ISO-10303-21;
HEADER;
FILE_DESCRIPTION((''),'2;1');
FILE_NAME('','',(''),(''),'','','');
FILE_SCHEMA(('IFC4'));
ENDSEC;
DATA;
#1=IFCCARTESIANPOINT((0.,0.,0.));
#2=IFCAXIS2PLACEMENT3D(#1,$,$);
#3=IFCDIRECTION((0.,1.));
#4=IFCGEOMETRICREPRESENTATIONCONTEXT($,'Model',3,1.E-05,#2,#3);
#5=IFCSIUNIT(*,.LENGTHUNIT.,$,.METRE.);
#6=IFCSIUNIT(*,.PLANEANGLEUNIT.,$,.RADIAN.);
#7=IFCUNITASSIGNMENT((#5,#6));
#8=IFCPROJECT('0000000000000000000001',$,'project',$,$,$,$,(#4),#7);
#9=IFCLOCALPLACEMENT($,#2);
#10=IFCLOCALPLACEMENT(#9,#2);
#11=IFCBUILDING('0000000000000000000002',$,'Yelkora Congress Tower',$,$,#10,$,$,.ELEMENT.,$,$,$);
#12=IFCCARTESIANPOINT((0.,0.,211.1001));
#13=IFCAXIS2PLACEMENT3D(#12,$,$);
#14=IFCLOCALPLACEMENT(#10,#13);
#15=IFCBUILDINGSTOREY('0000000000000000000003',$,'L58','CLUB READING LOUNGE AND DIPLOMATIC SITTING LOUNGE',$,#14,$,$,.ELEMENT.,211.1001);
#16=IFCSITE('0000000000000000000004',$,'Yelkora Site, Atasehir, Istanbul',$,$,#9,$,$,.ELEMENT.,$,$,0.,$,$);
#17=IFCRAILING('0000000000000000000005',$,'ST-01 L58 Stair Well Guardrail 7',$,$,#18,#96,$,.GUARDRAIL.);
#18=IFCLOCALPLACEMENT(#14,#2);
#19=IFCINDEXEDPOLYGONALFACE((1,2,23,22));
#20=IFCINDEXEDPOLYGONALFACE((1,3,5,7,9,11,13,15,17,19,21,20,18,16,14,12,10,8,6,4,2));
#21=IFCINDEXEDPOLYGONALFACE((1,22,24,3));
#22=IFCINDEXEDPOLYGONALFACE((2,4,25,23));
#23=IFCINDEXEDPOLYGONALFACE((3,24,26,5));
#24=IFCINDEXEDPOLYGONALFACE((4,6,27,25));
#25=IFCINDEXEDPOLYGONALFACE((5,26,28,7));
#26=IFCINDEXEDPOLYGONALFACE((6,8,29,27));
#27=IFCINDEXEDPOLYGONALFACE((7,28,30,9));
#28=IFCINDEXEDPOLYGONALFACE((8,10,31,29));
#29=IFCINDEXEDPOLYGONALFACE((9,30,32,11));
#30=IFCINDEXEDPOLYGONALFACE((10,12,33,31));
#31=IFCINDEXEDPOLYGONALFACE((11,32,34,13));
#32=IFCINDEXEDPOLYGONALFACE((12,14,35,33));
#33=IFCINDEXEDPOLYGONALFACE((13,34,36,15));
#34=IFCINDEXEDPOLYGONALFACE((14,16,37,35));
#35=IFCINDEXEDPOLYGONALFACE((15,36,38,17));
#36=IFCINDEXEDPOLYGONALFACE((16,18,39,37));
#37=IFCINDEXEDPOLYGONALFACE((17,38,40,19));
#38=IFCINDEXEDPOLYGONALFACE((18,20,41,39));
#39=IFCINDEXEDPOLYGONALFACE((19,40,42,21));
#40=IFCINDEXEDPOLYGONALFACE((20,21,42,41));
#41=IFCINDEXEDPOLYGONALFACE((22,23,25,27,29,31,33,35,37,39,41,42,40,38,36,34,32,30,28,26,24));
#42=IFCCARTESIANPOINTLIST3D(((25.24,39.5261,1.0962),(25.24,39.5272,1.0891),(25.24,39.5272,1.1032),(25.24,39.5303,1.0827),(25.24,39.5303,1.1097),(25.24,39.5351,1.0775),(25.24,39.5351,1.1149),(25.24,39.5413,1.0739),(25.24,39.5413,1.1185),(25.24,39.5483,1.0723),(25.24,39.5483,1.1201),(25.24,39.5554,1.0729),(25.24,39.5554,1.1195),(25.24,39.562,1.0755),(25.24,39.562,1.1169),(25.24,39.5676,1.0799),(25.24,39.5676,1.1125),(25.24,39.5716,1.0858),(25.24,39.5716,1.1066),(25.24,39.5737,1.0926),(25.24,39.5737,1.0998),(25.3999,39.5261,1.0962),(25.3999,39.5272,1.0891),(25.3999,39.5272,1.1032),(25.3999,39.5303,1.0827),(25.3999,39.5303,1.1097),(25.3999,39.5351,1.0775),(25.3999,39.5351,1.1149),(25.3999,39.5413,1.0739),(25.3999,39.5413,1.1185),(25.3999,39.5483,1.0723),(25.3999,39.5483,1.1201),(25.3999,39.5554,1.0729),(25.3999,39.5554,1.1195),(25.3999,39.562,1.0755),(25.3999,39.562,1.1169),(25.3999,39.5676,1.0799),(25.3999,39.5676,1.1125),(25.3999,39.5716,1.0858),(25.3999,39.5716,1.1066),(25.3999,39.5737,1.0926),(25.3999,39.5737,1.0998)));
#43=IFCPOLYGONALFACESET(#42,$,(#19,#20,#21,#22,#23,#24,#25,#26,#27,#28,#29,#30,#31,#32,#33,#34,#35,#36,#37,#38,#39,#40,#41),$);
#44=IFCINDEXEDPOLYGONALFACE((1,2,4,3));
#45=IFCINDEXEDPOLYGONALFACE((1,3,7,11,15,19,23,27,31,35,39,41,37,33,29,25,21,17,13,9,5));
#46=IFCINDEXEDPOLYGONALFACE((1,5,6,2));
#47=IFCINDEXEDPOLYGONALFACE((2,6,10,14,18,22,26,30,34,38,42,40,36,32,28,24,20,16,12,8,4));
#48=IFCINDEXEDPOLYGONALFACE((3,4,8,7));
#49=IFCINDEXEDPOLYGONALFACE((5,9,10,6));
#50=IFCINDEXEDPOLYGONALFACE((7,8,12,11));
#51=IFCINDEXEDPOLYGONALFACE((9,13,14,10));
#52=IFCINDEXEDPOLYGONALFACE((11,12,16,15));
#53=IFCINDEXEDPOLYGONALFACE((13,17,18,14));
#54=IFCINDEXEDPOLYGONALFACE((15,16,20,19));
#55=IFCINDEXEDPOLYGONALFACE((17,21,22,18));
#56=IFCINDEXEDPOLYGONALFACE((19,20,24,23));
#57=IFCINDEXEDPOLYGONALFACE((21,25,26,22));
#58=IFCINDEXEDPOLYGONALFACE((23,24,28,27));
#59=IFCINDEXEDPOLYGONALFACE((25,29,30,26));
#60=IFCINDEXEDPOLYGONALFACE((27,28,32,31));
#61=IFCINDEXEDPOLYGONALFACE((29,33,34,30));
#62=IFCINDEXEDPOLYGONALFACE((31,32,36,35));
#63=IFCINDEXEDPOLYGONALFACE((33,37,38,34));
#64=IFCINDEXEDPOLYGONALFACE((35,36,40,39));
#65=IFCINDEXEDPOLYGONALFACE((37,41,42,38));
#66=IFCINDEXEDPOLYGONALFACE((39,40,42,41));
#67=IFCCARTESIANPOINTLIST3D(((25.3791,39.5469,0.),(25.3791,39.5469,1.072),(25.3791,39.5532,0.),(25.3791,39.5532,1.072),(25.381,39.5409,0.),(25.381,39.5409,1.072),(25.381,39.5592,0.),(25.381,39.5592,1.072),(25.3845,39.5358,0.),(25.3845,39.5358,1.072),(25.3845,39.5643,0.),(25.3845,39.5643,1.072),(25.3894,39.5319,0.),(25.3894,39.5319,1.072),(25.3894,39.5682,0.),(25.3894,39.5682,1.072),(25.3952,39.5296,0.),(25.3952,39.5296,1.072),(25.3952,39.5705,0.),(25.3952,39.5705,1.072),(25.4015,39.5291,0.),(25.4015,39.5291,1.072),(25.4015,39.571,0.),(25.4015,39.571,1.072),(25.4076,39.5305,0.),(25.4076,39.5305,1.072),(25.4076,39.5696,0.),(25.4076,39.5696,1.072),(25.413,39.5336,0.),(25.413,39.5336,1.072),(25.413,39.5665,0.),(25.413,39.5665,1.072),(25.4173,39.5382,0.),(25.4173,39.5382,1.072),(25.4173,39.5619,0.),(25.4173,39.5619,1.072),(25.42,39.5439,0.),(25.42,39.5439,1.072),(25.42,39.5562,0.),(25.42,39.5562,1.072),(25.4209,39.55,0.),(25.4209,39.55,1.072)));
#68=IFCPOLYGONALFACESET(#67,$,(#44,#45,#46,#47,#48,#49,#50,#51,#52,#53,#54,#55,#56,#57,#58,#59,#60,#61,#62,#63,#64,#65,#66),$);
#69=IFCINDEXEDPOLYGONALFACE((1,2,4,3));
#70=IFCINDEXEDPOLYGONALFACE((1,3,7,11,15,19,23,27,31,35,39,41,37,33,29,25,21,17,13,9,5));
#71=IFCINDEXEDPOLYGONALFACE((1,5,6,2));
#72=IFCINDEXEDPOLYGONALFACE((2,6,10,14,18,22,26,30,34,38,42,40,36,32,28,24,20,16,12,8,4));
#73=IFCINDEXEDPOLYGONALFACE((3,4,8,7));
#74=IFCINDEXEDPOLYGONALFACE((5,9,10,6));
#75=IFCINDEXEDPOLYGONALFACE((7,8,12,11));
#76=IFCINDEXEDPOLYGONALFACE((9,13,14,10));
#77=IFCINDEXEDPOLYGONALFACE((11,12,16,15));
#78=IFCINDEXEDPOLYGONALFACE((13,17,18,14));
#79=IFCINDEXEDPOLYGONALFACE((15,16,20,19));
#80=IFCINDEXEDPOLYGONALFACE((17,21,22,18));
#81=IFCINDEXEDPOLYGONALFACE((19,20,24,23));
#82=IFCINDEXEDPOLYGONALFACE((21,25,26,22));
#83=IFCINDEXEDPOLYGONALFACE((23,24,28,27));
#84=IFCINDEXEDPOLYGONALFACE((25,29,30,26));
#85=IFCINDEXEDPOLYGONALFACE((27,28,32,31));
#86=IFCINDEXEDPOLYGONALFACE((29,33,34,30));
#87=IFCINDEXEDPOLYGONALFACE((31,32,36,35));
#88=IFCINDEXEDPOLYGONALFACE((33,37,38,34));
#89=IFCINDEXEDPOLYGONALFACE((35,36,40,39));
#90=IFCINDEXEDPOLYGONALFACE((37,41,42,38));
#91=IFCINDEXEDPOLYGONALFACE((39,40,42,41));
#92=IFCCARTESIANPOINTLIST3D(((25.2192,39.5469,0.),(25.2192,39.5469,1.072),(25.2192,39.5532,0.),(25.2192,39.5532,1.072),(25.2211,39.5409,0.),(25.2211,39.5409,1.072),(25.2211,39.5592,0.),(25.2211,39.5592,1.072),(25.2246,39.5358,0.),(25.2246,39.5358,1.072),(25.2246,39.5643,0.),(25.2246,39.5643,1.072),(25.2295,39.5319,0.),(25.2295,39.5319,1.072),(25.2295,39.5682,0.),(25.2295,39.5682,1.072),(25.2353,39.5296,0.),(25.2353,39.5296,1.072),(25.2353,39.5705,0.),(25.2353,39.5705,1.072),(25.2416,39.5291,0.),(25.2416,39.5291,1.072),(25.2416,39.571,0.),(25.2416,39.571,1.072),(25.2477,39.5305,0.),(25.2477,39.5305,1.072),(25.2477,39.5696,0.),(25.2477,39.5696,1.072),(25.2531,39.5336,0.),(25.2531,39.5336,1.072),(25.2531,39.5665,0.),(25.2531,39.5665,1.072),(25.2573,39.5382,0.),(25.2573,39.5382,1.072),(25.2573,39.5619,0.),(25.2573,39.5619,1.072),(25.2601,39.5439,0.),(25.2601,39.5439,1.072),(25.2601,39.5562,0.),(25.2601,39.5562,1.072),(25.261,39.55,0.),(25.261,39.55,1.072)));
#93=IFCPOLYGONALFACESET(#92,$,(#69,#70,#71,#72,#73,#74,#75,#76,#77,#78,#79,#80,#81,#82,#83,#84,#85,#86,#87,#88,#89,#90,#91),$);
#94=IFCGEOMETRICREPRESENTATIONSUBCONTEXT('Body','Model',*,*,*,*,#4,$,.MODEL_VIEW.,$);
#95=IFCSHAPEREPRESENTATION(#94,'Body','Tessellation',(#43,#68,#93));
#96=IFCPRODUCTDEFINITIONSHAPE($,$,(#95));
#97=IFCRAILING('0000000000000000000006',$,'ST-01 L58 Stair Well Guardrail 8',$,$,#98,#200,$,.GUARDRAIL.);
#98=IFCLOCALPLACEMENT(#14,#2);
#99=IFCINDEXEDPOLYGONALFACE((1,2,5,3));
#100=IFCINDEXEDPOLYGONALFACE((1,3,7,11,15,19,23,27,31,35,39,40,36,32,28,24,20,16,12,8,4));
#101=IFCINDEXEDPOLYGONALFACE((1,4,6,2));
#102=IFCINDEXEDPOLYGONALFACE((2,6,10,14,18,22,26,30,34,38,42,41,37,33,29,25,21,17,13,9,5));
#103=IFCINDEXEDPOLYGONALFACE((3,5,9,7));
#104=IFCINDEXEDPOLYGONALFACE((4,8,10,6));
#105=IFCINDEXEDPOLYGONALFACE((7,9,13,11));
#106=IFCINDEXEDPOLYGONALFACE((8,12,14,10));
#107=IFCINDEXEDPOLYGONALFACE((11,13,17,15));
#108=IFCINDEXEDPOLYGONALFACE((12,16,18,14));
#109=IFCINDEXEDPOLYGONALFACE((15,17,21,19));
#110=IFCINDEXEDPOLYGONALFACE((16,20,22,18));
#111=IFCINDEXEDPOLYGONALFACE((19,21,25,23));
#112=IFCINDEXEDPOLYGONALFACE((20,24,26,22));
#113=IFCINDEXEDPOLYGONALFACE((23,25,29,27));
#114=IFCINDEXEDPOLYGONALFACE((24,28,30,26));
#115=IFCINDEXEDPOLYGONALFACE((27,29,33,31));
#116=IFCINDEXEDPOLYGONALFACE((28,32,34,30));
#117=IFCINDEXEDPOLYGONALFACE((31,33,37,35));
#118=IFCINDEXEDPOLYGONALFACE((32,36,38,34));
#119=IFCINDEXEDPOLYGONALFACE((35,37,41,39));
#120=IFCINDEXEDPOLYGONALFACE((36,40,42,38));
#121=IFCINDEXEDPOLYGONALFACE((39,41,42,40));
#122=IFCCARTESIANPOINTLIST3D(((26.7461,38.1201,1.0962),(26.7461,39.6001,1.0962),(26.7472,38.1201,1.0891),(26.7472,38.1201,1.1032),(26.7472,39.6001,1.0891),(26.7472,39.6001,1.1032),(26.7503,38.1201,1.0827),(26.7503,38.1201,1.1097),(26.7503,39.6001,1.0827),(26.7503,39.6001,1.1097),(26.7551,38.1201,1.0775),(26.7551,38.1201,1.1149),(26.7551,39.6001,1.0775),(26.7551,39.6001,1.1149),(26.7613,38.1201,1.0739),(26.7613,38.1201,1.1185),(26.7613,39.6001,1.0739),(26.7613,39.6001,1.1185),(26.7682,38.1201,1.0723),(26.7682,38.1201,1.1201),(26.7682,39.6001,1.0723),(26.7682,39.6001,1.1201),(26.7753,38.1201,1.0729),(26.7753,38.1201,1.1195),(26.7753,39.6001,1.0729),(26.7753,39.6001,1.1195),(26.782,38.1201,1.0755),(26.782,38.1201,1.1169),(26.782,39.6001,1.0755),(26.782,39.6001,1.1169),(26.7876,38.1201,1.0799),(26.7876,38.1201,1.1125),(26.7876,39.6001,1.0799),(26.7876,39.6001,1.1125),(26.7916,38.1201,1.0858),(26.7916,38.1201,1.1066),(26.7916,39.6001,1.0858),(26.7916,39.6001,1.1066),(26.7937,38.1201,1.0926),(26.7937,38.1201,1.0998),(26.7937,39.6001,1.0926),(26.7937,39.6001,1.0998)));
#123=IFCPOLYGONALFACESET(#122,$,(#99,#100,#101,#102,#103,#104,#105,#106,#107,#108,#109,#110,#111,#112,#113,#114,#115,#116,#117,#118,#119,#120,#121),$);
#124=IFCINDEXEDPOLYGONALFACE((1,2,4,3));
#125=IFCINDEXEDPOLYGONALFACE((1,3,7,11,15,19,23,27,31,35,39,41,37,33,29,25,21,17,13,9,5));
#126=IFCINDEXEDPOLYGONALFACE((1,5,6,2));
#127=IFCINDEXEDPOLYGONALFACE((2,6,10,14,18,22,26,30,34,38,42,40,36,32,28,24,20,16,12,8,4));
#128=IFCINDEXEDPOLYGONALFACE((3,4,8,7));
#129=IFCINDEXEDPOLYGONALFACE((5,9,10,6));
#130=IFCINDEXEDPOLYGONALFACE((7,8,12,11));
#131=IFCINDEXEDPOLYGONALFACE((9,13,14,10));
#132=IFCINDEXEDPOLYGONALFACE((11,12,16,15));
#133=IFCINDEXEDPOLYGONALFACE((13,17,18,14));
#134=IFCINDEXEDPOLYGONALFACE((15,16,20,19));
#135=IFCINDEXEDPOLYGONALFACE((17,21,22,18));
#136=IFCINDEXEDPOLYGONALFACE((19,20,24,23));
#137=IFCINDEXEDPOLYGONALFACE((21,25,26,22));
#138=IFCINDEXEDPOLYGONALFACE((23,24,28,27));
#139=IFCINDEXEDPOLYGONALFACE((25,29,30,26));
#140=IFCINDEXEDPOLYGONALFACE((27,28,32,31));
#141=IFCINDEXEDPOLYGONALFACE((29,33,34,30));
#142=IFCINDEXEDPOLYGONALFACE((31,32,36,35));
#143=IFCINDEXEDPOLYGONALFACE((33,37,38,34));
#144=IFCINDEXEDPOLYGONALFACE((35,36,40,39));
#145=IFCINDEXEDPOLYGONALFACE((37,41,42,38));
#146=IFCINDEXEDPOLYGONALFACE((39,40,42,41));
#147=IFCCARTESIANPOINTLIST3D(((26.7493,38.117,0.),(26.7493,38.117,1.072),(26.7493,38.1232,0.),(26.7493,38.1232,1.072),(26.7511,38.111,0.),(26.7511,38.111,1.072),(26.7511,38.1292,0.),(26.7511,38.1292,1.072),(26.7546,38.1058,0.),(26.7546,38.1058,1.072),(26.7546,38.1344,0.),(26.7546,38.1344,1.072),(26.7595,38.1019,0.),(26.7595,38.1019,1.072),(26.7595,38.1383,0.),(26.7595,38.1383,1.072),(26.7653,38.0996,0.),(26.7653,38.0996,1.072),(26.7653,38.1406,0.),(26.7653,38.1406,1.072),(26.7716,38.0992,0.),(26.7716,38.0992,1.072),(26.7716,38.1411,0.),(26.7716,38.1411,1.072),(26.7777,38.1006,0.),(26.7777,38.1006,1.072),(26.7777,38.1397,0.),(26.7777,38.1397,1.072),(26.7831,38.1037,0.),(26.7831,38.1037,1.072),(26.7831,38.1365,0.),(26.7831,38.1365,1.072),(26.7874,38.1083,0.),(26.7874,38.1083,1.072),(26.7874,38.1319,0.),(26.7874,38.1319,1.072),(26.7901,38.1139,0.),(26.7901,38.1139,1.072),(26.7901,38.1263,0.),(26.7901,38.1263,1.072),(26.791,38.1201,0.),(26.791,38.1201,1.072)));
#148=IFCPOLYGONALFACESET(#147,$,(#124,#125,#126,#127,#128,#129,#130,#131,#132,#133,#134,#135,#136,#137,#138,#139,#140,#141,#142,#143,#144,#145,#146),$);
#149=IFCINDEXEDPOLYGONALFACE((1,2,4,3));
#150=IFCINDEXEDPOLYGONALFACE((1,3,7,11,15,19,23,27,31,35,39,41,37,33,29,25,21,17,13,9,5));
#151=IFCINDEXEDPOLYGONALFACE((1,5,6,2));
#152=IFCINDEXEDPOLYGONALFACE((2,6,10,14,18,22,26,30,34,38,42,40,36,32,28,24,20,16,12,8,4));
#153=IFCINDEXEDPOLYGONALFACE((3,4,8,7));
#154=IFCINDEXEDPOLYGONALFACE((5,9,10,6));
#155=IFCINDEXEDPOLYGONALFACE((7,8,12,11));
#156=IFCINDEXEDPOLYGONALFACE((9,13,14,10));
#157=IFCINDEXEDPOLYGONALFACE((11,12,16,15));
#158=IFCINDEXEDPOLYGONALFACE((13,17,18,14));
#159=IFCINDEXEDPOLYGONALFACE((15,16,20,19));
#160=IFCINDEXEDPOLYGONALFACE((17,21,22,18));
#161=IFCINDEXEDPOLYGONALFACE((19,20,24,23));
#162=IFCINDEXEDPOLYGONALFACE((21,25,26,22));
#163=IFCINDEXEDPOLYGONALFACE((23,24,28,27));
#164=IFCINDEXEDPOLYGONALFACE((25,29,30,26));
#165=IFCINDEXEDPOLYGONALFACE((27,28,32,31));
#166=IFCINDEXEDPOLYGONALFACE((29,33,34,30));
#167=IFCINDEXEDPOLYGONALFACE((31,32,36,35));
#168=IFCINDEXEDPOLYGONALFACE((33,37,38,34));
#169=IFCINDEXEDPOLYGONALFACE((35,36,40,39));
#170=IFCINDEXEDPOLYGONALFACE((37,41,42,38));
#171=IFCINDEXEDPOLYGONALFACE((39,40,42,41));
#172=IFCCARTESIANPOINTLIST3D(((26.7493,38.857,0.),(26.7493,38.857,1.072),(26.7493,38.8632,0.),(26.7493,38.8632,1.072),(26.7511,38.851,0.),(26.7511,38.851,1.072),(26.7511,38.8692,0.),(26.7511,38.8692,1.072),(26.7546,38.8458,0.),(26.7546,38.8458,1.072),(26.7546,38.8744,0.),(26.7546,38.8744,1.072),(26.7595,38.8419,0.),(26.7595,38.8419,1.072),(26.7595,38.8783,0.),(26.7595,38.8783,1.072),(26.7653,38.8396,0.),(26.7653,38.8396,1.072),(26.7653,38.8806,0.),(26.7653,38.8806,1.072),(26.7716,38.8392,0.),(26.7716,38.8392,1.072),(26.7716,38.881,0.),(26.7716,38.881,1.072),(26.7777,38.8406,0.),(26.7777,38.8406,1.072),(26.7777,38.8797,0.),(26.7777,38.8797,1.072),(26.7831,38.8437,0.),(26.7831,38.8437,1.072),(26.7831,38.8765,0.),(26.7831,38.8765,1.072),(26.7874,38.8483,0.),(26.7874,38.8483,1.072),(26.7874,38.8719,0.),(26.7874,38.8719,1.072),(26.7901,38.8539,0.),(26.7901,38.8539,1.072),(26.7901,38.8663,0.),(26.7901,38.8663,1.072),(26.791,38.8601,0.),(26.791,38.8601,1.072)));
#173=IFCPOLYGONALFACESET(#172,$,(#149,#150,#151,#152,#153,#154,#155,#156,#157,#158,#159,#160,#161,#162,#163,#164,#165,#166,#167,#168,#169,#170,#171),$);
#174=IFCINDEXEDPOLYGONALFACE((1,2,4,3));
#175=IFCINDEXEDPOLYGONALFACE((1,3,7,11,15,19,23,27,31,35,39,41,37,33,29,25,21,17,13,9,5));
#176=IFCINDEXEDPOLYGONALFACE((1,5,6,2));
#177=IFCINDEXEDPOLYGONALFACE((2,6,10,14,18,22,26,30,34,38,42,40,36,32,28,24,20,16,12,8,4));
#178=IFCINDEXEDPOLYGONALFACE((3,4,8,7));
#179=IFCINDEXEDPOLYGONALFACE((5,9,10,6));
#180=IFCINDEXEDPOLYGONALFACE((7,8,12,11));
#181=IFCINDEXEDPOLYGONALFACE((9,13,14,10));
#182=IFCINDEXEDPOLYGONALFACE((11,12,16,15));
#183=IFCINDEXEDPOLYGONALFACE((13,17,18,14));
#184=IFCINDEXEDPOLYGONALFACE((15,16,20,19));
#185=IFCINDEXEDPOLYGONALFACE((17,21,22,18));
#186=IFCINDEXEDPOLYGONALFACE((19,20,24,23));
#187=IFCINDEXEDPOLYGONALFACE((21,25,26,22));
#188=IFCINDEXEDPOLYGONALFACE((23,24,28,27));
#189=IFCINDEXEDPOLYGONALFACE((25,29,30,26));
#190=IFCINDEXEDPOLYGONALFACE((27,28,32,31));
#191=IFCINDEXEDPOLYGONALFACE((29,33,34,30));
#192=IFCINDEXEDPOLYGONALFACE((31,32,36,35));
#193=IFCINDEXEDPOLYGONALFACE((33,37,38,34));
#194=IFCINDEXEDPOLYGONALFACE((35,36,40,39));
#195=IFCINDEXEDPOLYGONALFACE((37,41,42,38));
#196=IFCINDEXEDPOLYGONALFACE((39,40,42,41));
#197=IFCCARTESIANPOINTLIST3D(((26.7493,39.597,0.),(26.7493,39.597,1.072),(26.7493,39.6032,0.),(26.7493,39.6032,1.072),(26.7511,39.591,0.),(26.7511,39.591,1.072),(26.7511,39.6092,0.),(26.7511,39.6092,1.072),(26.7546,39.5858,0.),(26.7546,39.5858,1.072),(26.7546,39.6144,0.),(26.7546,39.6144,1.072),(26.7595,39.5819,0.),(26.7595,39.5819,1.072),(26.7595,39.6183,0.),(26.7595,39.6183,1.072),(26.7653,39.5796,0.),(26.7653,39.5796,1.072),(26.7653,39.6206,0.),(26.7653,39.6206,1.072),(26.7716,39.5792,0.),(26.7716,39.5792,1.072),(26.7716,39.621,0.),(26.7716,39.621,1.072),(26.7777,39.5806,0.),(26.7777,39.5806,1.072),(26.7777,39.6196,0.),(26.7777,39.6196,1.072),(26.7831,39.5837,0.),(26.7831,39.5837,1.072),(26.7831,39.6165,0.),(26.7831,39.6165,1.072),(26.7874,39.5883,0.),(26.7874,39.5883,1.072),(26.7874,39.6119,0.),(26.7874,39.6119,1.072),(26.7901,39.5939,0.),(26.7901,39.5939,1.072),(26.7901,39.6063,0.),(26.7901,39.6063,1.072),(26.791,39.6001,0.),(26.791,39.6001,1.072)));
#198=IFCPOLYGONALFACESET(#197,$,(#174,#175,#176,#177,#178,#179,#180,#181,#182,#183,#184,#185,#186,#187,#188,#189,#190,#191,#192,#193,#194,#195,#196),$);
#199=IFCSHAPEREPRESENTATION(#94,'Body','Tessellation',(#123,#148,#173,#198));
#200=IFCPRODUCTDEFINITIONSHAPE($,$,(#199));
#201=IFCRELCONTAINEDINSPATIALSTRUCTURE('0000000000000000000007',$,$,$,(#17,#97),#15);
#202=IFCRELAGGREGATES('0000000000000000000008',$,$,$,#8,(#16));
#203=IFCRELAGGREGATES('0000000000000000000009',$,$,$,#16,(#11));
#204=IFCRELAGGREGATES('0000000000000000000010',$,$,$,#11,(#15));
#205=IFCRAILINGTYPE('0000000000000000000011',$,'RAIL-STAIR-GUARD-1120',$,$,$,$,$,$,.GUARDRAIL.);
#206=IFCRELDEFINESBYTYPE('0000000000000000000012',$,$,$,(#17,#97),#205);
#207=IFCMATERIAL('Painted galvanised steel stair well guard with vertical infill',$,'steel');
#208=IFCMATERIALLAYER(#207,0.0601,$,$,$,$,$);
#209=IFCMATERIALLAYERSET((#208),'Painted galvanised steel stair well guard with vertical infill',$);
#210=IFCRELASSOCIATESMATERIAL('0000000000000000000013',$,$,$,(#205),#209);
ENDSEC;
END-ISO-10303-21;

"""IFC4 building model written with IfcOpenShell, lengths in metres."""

from ifc_helpers import new_model, si_unit, direction, frame, origin, origin_2d, place, context, subcontext, project, spatial, circle, extrude, material, layer, layer_set, type_object, element, save


model = new_model("IFC4")

# Units and contexts
model_context = context("Model", 3, precision=1e-05, world=origin(), true_north=direction((0.0, 1.0)))
body_context = subcontext(model_context, "Body", "Model", "MODEL_VIEW")
ifc_project = project(units=[si_unit("LENGTHUNIT", "METRE"), si_unit("PLANEANGLEUNIT", "RADIAN")], contexts=[model_context])

# Site, building, storey
site_placement = place(None, origin())
site = spatial("IfcSite", under=ifc_project, at=site_placement, Name="Yelkora Site, Atasehir, Istanbul", CompositionType="ELEMENT", RefElevation=0.0)
building_placement = place(site_placement, origin())
building = spatial("IfcBuilding", under=site, at=building_placement, Name="Yelkora Congress Tower", CompositionType="ELEMENT")
storey_placement = place(building_placement, frame((0.0, 0.0, 211.1001)))
storey = spatial("IfcBuildingStorey", under=building, at=storey_placement, Name="L58", Description="CLUB READING LOUNGE AND DIPLOMATIC SITTING LOUNGE", CompositionType="ELEMENT", Elevation=211.1001)

# Railings
ifc_material_1 = material(Name="Painted galvanised steel stair well guard with vertical infill", Category="steel")
ifc_layer_1 = layer(ifc_material_1, 0.0601)
ifc_layer_set_1 = layer_set([ifc_layer_1], Name="Painted galvanised steel stair well guard with vertical infill")
railing_type_1 = type_object("IfcRailingType", Name="RAIL-STAIR-GUARD-1120", PredefinedType="GUARDRAIL", material=ifc_layer_set_1)
railing_1_placement = place(storey_placement, frame((25.3999, 39.55, 0.0)))
element("IfcRailing", 1, at=railing_1_placement, inside=storey, type_object=railing_type_1, Name="ST-01 L58 Stair Well Guardrail 7", PredefinedType="GUARDRAIL", context=body_context, shape_type="SweptSolid", body=[
    extrude(circle(Radius=0.0239, at=origin_2d()), frame((0.0, 0.0, 1.0962), z_axis=(-1.0, 0.0, 0.0), x_axis=(0.0, -1.0, 0.0)), (0.0, 0.0, 1.0), 0.1599),
    extrude(circle(Radius=0.021, at=origin_2d()), origin(), (0.0, 0.0, 1.0), 1.072),
    extrude(circle(Radius=0.021, at=origin_2d()), frame((-0.1599, 0.0, 0.0)), (0.0, 0.0, 1.0), 1.072),
])
railing_2_placement = place(storey_placement, frame((26.77, 38.1201, 0.0)))
element("IfcRailing", 2, at=railing_2_placement, inside=storey, type_object=railing_type_1, Name="ST-01 L58 Stair Well Guardrail 8", PredefinedType="GUARDRAIL", context=body_context, shape_type="SweptSolid", body=[
    extrude(circle(Radius=0.0239, at=origin_2d()), frame((0.0, 0.0, 1.0962), z_axis=(0.0, 1.0, 0.0), x_axis=(-1.0, 0.0, 0.0)), (0.0, 0.0, 1.0), 1.48),
    extrude(circle(Radius=0.021, at=origin_2d()), origin(), (0.0, 0.0, 1.0), 1.072),
    extrude(circle(Radius=0.021, at=origin_2d()), frame((0.0, 0.74, 0.0)), (0.0, 0.0, 1.0), 1.072),
    extrude(circle(Radius=0.021, at=origin_2d()), frame((0.0, 1.48, 0.0)), (0.0, 0.0, 1.0), 1.072),
])

save(model, "model.ifc")
